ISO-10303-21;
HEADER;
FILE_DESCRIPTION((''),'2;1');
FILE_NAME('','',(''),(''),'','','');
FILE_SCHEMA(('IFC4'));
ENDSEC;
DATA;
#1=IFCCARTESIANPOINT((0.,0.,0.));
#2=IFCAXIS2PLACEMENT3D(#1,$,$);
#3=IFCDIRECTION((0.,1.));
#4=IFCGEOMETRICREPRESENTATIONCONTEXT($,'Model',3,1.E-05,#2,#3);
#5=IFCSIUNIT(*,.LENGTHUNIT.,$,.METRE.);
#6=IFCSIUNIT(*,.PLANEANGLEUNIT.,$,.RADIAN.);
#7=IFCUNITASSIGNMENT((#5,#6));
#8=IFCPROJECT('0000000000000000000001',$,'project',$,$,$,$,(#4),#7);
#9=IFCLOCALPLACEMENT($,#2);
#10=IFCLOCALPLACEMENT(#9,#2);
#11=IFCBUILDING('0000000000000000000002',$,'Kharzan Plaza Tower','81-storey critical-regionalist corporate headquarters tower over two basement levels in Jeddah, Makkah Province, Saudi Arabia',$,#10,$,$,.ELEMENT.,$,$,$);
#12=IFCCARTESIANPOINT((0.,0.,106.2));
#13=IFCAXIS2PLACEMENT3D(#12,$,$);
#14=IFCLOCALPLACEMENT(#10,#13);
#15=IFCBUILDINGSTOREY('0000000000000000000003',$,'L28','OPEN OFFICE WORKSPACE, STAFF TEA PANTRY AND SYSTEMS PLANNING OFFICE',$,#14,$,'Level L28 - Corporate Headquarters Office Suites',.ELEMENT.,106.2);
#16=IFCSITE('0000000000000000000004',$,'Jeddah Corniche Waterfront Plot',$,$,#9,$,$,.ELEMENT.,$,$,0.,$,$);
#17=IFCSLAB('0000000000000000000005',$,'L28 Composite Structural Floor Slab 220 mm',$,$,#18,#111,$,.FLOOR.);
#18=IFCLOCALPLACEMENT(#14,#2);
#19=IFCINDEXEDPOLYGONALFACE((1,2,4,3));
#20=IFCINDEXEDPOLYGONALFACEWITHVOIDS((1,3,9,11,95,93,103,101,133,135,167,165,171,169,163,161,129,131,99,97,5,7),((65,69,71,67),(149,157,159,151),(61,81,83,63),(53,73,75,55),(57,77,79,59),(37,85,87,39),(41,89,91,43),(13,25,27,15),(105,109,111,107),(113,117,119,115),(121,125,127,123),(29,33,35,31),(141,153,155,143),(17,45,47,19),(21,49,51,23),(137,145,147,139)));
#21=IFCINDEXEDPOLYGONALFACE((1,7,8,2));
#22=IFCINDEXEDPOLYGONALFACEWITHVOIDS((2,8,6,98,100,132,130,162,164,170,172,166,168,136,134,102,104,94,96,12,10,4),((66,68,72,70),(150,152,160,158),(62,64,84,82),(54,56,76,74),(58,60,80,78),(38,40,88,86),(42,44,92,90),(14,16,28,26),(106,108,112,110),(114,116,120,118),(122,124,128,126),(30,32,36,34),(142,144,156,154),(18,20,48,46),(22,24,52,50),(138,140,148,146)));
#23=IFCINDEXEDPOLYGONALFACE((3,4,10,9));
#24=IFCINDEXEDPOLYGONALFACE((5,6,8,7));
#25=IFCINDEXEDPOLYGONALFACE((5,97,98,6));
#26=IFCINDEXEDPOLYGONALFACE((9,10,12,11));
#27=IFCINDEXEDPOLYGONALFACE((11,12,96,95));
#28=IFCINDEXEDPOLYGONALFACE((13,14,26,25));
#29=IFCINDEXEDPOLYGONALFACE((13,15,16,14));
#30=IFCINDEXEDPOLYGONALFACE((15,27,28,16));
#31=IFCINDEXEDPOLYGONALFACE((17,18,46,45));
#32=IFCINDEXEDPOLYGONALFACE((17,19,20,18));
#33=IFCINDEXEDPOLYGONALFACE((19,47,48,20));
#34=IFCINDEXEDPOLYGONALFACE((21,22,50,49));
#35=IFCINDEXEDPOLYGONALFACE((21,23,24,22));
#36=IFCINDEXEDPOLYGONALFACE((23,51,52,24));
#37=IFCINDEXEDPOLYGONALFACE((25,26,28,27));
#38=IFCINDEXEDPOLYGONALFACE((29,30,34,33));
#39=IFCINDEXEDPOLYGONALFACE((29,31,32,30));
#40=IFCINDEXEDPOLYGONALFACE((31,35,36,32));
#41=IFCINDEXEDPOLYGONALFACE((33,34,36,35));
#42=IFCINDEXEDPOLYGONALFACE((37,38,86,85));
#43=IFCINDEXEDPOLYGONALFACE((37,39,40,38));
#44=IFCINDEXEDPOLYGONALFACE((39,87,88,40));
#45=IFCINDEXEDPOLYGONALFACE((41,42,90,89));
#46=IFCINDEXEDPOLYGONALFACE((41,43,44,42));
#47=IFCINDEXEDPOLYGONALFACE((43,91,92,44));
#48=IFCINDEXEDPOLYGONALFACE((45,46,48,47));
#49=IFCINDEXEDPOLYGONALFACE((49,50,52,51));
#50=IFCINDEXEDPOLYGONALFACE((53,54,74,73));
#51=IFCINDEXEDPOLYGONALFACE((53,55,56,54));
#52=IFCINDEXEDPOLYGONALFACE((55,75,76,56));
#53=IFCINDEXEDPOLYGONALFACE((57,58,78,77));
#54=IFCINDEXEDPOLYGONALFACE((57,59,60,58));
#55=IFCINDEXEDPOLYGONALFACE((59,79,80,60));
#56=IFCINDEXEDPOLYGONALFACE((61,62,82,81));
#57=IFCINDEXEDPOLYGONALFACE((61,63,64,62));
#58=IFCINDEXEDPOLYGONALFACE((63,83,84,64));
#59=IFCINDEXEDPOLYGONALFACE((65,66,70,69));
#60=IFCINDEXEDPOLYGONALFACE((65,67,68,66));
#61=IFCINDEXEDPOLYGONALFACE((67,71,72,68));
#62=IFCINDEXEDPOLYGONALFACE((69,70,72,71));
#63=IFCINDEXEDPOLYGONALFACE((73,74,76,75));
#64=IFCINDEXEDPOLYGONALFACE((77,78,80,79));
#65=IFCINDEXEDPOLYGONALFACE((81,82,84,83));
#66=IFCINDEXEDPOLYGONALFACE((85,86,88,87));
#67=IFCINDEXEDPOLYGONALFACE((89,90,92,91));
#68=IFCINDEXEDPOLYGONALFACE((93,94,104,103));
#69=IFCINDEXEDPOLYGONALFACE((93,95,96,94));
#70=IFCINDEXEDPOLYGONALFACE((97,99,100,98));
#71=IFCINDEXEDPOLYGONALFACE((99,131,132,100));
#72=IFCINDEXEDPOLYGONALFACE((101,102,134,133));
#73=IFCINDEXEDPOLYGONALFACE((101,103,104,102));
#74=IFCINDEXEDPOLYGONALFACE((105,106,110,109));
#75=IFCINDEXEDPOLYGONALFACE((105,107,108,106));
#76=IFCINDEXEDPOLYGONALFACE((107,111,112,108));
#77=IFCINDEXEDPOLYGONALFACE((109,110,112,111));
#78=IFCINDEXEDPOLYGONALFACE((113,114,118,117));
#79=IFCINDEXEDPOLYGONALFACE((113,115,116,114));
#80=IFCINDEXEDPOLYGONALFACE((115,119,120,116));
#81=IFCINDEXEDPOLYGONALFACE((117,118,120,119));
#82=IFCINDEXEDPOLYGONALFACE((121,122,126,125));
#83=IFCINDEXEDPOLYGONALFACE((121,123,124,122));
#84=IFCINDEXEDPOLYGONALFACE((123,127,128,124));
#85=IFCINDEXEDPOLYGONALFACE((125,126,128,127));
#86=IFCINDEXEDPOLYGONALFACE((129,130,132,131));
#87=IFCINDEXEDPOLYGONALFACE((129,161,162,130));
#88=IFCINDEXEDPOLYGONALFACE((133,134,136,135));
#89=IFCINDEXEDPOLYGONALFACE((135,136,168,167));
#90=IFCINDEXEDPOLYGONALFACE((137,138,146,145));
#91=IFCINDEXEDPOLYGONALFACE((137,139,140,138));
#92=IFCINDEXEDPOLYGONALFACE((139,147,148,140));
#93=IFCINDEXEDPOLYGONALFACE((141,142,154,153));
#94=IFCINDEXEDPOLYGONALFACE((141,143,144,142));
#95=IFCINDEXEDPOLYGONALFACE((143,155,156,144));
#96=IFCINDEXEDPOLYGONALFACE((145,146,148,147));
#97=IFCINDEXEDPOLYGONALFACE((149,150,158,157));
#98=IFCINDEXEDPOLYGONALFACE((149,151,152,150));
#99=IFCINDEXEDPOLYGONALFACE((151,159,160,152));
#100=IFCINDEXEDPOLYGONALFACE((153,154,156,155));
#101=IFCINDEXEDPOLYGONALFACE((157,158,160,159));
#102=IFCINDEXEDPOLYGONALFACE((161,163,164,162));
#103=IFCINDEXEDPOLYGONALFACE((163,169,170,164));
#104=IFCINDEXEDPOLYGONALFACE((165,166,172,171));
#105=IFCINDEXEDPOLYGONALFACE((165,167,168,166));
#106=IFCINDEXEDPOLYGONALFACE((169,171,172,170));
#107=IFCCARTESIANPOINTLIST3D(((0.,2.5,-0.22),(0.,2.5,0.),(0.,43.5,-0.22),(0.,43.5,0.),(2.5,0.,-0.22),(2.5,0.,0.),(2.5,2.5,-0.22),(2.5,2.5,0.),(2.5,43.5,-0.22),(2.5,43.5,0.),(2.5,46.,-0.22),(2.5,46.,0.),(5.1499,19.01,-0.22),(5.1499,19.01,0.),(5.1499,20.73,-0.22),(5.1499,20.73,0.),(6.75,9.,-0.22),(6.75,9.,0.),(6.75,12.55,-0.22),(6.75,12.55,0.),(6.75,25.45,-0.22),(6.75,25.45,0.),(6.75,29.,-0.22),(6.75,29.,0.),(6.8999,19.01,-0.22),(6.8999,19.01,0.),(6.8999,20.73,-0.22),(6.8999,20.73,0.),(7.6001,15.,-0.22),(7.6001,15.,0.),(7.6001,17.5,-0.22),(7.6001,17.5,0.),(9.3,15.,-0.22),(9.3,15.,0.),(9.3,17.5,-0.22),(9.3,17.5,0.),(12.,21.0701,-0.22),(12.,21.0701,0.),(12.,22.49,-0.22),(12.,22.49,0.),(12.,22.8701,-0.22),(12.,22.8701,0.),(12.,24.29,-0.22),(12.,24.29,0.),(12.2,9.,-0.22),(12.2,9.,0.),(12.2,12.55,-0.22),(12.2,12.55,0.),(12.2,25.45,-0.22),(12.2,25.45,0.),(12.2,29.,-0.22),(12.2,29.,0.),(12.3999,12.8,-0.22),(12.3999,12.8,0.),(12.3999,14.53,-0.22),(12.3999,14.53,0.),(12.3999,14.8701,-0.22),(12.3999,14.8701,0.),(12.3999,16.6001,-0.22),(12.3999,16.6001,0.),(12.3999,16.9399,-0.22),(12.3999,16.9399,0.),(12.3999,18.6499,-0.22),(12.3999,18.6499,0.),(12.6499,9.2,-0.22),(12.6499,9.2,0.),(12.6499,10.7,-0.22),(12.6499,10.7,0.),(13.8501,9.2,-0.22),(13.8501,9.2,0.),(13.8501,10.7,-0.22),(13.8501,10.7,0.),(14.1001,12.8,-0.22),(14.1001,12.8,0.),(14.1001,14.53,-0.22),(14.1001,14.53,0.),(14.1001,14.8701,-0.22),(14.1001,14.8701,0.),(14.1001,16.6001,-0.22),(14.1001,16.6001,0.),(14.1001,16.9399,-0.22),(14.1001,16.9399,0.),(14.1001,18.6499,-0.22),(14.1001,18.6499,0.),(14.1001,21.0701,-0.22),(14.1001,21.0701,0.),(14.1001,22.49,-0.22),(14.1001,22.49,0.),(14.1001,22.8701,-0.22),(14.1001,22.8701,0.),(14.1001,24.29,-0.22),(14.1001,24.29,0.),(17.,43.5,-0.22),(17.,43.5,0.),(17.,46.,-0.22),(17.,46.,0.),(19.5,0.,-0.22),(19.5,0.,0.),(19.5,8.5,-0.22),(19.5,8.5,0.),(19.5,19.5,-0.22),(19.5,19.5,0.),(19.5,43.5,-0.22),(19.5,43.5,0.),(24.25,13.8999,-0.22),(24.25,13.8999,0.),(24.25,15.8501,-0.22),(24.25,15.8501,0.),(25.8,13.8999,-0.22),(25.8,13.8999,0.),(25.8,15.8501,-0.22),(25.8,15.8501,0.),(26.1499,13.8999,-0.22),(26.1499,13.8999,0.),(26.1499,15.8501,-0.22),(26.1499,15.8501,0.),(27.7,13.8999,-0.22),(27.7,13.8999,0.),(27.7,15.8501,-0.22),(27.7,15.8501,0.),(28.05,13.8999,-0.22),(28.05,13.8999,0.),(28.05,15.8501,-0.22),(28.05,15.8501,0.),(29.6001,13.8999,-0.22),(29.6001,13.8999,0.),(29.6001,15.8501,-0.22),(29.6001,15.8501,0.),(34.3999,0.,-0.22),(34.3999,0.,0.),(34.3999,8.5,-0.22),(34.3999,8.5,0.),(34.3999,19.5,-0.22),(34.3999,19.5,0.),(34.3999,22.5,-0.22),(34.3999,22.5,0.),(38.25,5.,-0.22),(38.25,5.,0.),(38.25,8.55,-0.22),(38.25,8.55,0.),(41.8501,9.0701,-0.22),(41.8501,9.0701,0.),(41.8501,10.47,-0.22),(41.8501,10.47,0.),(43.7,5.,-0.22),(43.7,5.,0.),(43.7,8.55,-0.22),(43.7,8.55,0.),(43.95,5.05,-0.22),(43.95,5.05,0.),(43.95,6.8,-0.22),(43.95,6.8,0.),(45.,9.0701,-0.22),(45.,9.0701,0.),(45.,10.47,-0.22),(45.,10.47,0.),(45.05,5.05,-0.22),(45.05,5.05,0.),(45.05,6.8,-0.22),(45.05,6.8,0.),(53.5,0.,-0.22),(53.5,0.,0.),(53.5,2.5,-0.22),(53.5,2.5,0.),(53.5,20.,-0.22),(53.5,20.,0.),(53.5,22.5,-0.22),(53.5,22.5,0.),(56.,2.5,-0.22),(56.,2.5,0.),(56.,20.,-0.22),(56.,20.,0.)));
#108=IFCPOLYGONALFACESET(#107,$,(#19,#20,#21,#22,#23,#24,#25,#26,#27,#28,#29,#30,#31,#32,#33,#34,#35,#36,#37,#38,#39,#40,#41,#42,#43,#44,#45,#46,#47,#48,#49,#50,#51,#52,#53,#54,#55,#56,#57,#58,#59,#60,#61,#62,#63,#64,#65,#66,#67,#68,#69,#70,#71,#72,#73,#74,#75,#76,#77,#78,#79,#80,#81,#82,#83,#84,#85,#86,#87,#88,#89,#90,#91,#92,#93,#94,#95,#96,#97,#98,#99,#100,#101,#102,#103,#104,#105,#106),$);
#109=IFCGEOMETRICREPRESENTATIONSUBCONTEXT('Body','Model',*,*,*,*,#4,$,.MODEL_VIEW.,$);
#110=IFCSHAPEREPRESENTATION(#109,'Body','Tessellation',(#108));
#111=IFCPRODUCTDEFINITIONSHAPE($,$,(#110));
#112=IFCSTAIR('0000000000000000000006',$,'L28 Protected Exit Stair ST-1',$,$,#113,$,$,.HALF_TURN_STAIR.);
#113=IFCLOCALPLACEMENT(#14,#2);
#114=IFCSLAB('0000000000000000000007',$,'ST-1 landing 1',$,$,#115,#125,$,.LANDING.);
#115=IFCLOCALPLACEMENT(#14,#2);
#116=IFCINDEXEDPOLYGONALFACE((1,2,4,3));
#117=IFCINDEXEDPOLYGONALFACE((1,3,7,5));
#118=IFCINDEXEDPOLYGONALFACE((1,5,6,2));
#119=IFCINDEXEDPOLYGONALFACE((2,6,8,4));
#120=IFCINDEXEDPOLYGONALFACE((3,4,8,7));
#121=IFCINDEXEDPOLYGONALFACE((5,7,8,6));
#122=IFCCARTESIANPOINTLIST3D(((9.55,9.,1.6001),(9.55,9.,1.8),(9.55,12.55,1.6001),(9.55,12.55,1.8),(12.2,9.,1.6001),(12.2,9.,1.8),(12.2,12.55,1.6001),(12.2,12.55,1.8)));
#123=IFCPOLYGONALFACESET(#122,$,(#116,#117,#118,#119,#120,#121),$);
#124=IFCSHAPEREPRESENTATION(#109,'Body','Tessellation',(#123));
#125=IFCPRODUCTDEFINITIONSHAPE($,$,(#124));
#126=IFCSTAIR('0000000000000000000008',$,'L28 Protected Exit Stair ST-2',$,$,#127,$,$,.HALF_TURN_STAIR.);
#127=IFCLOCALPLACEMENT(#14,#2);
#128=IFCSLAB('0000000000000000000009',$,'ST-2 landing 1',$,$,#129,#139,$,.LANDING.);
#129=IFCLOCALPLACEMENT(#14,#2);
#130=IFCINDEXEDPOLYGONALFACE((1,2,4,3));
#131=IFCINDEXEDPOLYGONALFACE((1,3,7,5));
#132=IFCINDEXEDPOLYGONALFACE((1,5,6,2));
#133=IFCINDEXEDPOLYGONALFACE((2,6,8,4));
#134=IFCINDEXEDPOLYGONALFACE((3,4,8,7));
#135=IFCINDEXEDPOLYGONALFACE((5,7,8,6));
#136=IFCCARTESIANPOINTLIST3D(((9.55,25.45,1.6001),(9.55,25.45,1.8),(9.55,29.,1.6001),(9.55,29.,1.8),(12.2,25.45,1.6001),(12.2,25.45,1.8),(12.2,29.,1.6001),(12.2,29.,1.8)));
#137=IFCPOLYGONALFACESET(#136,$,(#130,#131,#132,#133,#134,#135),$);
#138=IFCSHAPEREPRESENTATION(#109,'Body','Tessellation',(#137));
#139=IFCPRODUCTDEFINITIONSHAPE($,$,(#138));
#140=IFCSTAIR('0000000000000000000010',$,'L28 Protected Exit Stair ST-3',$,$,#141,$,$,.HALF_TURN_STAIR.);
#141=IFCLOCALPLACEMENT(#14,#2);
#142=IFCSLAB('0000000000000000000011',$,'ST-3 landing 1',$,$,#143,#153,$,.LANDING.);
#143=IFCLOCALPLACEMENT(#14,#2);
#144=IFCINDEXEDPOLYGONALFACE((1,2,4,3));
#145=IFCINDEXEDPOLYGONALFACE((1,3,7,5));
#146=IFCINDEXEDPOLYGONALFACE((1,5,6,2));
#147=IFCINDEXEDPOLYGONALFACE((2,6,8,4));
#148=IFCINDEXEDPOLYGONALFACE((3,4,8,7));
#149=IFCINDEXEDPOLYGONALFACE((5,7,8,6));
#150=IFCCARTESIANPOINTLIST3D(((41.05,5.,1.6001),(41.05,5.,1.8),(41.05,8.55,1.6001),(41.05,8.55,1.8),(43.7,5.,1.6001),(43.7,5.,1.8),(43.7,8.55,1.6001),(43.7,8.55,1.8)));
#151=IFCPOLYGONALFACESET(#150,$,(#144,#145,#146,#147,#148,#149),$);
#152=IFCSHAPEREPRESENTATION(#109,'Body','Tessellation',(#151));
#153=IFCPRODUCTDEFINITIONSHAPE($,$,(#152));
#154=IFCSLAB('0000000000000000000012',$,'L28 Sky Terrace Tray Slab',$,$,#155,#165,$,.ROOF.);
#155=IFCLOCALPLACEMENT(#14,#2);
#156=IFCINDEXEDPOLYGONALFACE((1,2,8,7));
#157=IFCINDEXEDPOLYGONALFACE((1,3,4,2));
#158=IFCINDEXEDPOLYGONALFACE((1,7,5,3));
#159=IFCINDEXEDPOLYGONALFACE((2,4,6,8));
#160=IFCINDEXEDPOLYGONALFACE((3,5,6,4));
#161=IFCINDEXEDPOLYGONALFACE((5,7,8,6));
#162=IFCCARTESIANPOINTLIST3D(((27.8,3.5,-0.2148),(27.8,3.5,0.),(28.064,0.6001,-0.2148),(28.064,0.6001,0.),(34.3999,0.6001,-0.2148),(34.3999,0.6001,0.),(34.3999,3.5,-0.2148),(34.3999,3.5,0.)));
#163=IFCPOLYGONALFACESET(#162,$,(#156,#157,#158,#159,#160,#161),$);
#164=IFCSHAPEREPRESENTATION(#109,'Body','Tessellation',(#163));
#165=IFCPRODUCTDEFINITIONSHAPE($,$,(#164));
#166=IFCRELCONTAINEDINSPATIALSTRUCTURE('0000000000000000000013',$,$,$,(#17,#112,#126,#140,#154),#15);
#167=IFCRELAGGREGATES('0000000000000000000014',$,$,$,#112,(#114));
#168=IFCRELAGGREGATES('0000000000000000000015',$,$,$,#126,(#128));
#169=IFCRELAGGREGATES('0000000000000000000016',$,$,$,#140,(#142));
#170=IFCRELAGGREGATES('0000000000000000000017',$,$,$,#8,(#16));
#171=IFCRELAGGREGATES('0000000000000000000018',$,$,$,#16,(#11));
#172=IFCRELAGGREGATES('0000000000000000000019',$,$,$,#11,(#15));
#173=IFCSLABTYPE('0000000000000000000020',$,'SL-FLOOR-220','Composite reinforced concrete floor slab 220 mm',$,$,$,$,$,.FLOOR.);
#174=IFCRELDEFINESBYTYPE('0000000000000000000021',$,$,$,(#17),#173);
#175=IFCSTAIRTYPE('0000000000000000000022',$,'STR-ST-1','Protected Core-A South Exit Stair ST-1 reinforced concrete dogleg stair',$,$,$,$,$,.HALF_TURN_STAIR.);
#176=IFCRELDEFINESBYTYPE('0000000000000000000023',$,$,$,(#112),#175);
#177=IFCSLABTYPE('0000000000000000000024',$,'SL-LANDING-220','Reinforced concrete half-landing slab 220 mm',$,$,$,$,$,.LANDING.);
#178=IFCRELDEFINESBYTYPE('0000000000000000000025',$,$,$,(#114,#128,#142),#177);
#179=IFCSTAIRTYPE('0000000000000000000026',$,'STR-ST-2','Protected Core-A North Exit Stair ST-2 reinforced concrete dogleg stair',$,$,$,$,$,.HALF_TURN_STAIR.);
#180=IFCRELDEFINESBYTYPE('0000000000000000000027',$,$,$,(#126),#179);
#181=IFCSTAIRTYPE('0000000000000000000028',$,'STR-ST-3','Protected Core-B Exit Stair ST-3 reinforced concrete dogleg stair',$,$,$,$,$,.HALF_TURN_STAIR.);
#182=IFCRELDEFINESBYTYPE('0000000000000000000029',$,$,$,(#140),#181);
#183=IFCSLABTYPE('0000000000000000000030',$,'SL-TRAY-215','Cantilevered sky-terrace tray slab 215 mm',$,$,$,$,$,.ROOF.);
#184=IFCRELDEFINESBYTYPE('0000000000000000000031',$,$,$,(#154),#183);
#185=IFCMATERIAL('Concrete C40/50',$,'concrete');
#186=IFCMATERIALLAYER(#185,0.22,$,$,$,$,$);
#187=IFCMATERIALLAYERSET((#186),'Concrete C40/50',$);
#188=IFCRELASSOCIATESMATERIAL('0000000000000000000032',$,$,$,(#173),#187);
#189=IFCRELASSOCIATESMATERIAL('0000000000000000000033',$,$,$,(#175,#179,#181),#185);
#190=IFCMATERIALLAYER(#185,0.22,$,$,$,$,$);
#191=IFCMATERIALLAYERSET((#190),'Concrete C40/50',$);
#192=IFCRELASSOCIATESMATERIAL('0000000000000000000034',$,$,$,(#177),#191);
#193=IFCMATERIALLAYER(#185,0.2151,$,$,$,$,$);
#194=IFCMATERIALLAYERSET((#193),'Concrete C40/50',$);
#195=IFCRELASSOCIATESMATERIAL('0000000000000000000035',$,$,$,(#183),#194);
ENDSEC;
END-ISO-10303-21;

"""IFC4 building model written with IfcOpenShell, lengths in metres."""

from ifc_helpers import new_model, si_unit, direction, frame, origin, place, context, subcontext, project, spatial, polyline, outline, extrude, material, layer, layer_set, type_object, element, aggregate, save


model = new_model("IFC4")

# Units and contexts
model_context = context("Model", 3, precision=1e-05, world=origin(), true_north=direction((0.0, 1.0)))
body_context = subcontext(model_context, "Body", "Model", "MODEL_VIEW")
ifc_project = project(units=[si_unit("LENGTHUNIT", "METRE"), si_unit("PLANEANGLEUNIT", "RADIAN")], contexts=[model_context])

# Site, building, storey
site_placement = place(None, origin())
site = spatial("IfcSite", under=ifc_project, at=site_placement, Name="Jeddah Corniche Waterfront Plot", CompositionType="ELEMENT", RefElevation=0.0)
building_placement = place(site_placement, origin())
building = spatial("IfcBuilding", under=site, at=building_placement, Name="Kharzan Plaza Tower", Description="81-storey critical-regionalist corporate headquarters tower over two basement levels in Jeddah, Makkah Province, Saudi Arabia", CompositionType="ELEMENT")
storey_placement = place(building_placement, frame((0.0, 0.0, 106.2)))
storey = spatial("IfcBuildingStorey", under=building, at=storey_placement, Name="L28", Description="OPEN OFFICE WORKSPACE, STAFF TEA PANTRY AND SYSTEMS PLANNING OFFICE", LongName="Level L28 - Corporate Headquarters Office Suites", CompositionType="ELEMENT", Elevation=106.2)

# Slab
ifc_material_1 = material(Name="Concrete C40/50", Category="concrete")
ifc_layer_1 = layer(ifc_material_1, 0.22)
ifc_layer_set_1 = layer_set([ifc_layer_1], Name="Concrete C40/50")
slab_type_1 = type_object("IfcSlabType", Name="SL-FLOOR-220", Description="Composite reinforced concrete floor slab 220 mm", PredefinedType="FLOOR", material=ifc_layer_set_1)
slab_1_placement = place(storey_placement, frame((0.0, 0.0, -0.22)))
element("IfcSlab", 1, at=slab_1_placement, inside=storey, type_object=slab_type_1, Name="L28 Composite Structural Floor Slab 220 mm", PredefinedType="FLOOR", context=body_context, shape_type="SweptSolid", body=[
    extrude(outline(polyline([(34.3999, 19.5), (19.5, 19.5), (19.5, 43.5), (17.0, 43.5), (17.0, 46.0), (2.5, 46.0), (2.5, 43.5), (0.0, 43.5), (0.0, 2.5), (2.5, 2.5), (2.5, 0.0), (19.5, 0.0), (19.5, 8.5), (34.3999, 8.5), (34.3999, 0.0), (53.5, 0.0), (53.5, 2.5), (56.0, 2.5), (56.0, 20.0), (53.5, 20.0), (53.5, 22.5), (34.3999, 22.5), (34.3999, 19.5)]), holes=[polyline([(12.2, 9.0), (12.2, 12.55), (6.75, 12.55), (6.75, 9.0), (12.2, 9.0)]), polyline([(14.1001, 12.8), (14.1001, 14.53), (12.3999, 14.53), (12.3999, 12.8), (14.1001, 12.8)]), polyline([(14.1001, 14.8701), (14.1001, 16.6001), (12.3999, 16.6001), (12.3999, 14.8701), (14.1001, 14.8701)]), polyline([(9.3, 15.0), (9.3, 17.5), (7.6001, 17.5), (7.6001, 15.0), (9.3, 15.0)]), polyline([(6.8999, 19.01), (6.8999, 20.73), (5.1499, 20.73), (5.1499, 19.01), (6.8999, 19.01)]), polyline([(14.1001, 21.0701), (14.1001, 22.49), (12.0, 22.49), (12.0, 21.0701), (14.1001, 21.0701)]), polyline([(14.1001, 22.8701), (14.1001, 24.29), (12.0, 24.29), (12.0, 22.8701), (14.1001, 22.8701)]), polyline([(12.2, 25.45), (12.2, 29.0), (6.75, 29.0), (6.75, 25.45), (12.2, 25.45)]), polyline([(45.05, 5.05), (45.05, 6.8), (43.95, 6.8), (43.95, 5.05), (45.05, 5.05)]), polyline([(43.7, 5.0), (43.7, 8.55), (38.25, 8.55), (38.25, 5.0), (43.7, 5.0)]), polyline([(45.0, 9.0701), (45.0, 10.47), (41.8501, 10.47), (41.8501, 9.0701), (45.0, 9.0701)]), polyline([(13.8501, 9.2), (13.8501, 10.7), (12.6499, 10.7), (12.6499, 9.2), (13.8501, 9.2)]), polyline([(25.8, 13.8999), (25.8, 15.8501), (24.25, 15.8501), (24.25, 13.8999), (25.8, 13.8999)]), polyline([(27.7, 13.8999), (27.7, 15.8501), (26.1499, 15.8501), (26.1499, 13.8999), (27.7, 13.8999)]), polyline([(29.6001, 13.8999), (29.6001, 15.8501), (28.05, 15.8501), (28.05, 13.8999), (29.6001, 13.8999)]), polyline([(14.1001, 16.9399), (14.1001, 18.6499), (12.3999, 18.6499), (12.3999, 16.9399), (14.1001, 16.9399)])]), origin(), (0.0, 0.0, 1.0), 0.22),
])

# Stairs, slabs
stair_type_1 = type_object("IfcStairType", Name="STR-ST-1", Description="Protected Core-A South Exit Stair ST-1 reinforced concrete dogleg stair", PredefinedType="HALF_TURN_STAIR", material=ifc_material_1)
stair_1_placement = place(storey_placement, origin())
stair_1 = element("IfcStair", 2, at=stair_1_placement, inside=storey, type_object=stair_type_1, Name="L28 Protected Exit Stair ST-1", PredefinedType="HALF_TURN_STAIR")
ifc_layer_2 = layer(ifc_material_1, 0.22)
ifc_layer_set_2 = layer_set([ifc_layer_2], Name="Concrete C40/50")
slab_type_2 = type_object("IfcSlabType", Name="SL-LANDING-220", Description="Reinforced concrete half-landing slab 220 mm", PredefinedType="LANDING", material=ifc_layer_set_2)
slab_2_placement = place(storey_placement, frame((0.0, 0.0, 1.6001)))
slab_2 = element("IfcSlab", 3, at=slab_2_placement, type_object=slab_type_2, Name="ST-1 landing 1", PredefinedType="LANDING", context=body_context, shape_type="SweptSolid", body=[
    extrude(outline(polyline([(9.55, 9.0), (12.2, 9.0), (12.2, 12.55), (9.55, 12.55), (9.55, 9.0)])), origin(), (0.0, 0.0, 1.0), 0.2),
])
aggregate(stair_1, [slab_2])
stair_type_2 = type_object("IfcStairType", Name="STR-ST-2", Description="Protected Core-A North Exit Stair ST-2 reinforced concrete dogleg stair", PredefinedType="HALF_TURN_STAIR", material=ifc_material_1)
stair_2_placement = place(storey_placement, origin())
stair_2 = element("IfcStair", 4, at=stair_2_placement, inside=storey, type_object=stair_type_2, Name="L28 Protected Exit Stair ST-2", PredefinedType="HALF_TURN_STAIR")
slab_3_placement = place(storey_placement, frame((0.0, 0.0, 1.6001)))
slab_3 = element("IfcSlab", 5, at=slab_3_placement, type_object=slab_type_2, Name="ST-2 landing 1", PredefinedType="LANDING", context=body_context, shape_type="SweptSolid", body=[
    extrude(outline(polyline([(9.55, 25.45), (12.2, 25.45), (12.2, 29.0), (9.55, 29.0), (9.55, 25.45)])), origin(), (0.0, 0.0, 1.0), 0.2),
])
aggregate(stair_2, [slab_3])
stair_type_3 = type_object("IfcStairType", Name="STR-ST-3", Description="Protected Core-B Exit Stair ST-3 reinforced concrete dogleg stair", PredefinedType="HALF_TURN_STAIR", material=ifc_material_1)
stair_3_placement = place(storey_placement, origin())
stair_3 = element("IfcStair", 6, at=stair_3_placement, inside=storey, type_object=stair_type_3, Name="L28 Protected Exit Stair ST-3", PredefinedType="HALF_TURN_STAIR")
slab_4_placement = place(storey_placement, frame((0.0, 0.0, 1.6001)))
slab_4 = element("IfcSlab", 7, at=slab_4_placement, type_object=slab_type_2, Name="ST-3 landing 1", PredefinedType="LANDING", context=body_context, shape_type="SweptSolid", body=[
    extrude(outline(polyline([(41.05, 5.0), (43.7, 5.0), (43.7, 8.55), (41.05, 8.55), (41.05, 5.0)])), origin(), (0.0, 0.0, 1.0), 0.2),
])
aggregate(stair_3, [slab_4])

# Slab
ifc_layer_3 = layer(ifc_material_1, 0.2151)
ifc_layer_set_3 = layer_set([ifc_layer_3], Name="Concrete C40/50")
slab_type_3 = type_object("IfcSlabType", Name="SL-TRAY-215", Description="Cantilevered sky-terrace tray slab 215 mm", PredefinedType="ROOF", material=ifc_layer_set_3)
slab_5_placement = place(storey_placement, frame((0.0, 0.0, -0.2148)))
element("IfcSlab", 8, at=slab_5_placement, inside=storey, type_object=slab_type_3, Name="L28 Sky Terrace Tray Slab", PredefinedType="ROOF", context=body_context, shape_type="SweptSolid", body=[
    extrude(outline(polyline([(28.064, 0.6001), (34.3999, 0.6001), (34.3999, 3.5), (27.8, 3.5), (28.064, 0.6001)])), origin(), (0.0, 0.0, 1.0), 0.2148),
])

save(model, "model.ifc")
